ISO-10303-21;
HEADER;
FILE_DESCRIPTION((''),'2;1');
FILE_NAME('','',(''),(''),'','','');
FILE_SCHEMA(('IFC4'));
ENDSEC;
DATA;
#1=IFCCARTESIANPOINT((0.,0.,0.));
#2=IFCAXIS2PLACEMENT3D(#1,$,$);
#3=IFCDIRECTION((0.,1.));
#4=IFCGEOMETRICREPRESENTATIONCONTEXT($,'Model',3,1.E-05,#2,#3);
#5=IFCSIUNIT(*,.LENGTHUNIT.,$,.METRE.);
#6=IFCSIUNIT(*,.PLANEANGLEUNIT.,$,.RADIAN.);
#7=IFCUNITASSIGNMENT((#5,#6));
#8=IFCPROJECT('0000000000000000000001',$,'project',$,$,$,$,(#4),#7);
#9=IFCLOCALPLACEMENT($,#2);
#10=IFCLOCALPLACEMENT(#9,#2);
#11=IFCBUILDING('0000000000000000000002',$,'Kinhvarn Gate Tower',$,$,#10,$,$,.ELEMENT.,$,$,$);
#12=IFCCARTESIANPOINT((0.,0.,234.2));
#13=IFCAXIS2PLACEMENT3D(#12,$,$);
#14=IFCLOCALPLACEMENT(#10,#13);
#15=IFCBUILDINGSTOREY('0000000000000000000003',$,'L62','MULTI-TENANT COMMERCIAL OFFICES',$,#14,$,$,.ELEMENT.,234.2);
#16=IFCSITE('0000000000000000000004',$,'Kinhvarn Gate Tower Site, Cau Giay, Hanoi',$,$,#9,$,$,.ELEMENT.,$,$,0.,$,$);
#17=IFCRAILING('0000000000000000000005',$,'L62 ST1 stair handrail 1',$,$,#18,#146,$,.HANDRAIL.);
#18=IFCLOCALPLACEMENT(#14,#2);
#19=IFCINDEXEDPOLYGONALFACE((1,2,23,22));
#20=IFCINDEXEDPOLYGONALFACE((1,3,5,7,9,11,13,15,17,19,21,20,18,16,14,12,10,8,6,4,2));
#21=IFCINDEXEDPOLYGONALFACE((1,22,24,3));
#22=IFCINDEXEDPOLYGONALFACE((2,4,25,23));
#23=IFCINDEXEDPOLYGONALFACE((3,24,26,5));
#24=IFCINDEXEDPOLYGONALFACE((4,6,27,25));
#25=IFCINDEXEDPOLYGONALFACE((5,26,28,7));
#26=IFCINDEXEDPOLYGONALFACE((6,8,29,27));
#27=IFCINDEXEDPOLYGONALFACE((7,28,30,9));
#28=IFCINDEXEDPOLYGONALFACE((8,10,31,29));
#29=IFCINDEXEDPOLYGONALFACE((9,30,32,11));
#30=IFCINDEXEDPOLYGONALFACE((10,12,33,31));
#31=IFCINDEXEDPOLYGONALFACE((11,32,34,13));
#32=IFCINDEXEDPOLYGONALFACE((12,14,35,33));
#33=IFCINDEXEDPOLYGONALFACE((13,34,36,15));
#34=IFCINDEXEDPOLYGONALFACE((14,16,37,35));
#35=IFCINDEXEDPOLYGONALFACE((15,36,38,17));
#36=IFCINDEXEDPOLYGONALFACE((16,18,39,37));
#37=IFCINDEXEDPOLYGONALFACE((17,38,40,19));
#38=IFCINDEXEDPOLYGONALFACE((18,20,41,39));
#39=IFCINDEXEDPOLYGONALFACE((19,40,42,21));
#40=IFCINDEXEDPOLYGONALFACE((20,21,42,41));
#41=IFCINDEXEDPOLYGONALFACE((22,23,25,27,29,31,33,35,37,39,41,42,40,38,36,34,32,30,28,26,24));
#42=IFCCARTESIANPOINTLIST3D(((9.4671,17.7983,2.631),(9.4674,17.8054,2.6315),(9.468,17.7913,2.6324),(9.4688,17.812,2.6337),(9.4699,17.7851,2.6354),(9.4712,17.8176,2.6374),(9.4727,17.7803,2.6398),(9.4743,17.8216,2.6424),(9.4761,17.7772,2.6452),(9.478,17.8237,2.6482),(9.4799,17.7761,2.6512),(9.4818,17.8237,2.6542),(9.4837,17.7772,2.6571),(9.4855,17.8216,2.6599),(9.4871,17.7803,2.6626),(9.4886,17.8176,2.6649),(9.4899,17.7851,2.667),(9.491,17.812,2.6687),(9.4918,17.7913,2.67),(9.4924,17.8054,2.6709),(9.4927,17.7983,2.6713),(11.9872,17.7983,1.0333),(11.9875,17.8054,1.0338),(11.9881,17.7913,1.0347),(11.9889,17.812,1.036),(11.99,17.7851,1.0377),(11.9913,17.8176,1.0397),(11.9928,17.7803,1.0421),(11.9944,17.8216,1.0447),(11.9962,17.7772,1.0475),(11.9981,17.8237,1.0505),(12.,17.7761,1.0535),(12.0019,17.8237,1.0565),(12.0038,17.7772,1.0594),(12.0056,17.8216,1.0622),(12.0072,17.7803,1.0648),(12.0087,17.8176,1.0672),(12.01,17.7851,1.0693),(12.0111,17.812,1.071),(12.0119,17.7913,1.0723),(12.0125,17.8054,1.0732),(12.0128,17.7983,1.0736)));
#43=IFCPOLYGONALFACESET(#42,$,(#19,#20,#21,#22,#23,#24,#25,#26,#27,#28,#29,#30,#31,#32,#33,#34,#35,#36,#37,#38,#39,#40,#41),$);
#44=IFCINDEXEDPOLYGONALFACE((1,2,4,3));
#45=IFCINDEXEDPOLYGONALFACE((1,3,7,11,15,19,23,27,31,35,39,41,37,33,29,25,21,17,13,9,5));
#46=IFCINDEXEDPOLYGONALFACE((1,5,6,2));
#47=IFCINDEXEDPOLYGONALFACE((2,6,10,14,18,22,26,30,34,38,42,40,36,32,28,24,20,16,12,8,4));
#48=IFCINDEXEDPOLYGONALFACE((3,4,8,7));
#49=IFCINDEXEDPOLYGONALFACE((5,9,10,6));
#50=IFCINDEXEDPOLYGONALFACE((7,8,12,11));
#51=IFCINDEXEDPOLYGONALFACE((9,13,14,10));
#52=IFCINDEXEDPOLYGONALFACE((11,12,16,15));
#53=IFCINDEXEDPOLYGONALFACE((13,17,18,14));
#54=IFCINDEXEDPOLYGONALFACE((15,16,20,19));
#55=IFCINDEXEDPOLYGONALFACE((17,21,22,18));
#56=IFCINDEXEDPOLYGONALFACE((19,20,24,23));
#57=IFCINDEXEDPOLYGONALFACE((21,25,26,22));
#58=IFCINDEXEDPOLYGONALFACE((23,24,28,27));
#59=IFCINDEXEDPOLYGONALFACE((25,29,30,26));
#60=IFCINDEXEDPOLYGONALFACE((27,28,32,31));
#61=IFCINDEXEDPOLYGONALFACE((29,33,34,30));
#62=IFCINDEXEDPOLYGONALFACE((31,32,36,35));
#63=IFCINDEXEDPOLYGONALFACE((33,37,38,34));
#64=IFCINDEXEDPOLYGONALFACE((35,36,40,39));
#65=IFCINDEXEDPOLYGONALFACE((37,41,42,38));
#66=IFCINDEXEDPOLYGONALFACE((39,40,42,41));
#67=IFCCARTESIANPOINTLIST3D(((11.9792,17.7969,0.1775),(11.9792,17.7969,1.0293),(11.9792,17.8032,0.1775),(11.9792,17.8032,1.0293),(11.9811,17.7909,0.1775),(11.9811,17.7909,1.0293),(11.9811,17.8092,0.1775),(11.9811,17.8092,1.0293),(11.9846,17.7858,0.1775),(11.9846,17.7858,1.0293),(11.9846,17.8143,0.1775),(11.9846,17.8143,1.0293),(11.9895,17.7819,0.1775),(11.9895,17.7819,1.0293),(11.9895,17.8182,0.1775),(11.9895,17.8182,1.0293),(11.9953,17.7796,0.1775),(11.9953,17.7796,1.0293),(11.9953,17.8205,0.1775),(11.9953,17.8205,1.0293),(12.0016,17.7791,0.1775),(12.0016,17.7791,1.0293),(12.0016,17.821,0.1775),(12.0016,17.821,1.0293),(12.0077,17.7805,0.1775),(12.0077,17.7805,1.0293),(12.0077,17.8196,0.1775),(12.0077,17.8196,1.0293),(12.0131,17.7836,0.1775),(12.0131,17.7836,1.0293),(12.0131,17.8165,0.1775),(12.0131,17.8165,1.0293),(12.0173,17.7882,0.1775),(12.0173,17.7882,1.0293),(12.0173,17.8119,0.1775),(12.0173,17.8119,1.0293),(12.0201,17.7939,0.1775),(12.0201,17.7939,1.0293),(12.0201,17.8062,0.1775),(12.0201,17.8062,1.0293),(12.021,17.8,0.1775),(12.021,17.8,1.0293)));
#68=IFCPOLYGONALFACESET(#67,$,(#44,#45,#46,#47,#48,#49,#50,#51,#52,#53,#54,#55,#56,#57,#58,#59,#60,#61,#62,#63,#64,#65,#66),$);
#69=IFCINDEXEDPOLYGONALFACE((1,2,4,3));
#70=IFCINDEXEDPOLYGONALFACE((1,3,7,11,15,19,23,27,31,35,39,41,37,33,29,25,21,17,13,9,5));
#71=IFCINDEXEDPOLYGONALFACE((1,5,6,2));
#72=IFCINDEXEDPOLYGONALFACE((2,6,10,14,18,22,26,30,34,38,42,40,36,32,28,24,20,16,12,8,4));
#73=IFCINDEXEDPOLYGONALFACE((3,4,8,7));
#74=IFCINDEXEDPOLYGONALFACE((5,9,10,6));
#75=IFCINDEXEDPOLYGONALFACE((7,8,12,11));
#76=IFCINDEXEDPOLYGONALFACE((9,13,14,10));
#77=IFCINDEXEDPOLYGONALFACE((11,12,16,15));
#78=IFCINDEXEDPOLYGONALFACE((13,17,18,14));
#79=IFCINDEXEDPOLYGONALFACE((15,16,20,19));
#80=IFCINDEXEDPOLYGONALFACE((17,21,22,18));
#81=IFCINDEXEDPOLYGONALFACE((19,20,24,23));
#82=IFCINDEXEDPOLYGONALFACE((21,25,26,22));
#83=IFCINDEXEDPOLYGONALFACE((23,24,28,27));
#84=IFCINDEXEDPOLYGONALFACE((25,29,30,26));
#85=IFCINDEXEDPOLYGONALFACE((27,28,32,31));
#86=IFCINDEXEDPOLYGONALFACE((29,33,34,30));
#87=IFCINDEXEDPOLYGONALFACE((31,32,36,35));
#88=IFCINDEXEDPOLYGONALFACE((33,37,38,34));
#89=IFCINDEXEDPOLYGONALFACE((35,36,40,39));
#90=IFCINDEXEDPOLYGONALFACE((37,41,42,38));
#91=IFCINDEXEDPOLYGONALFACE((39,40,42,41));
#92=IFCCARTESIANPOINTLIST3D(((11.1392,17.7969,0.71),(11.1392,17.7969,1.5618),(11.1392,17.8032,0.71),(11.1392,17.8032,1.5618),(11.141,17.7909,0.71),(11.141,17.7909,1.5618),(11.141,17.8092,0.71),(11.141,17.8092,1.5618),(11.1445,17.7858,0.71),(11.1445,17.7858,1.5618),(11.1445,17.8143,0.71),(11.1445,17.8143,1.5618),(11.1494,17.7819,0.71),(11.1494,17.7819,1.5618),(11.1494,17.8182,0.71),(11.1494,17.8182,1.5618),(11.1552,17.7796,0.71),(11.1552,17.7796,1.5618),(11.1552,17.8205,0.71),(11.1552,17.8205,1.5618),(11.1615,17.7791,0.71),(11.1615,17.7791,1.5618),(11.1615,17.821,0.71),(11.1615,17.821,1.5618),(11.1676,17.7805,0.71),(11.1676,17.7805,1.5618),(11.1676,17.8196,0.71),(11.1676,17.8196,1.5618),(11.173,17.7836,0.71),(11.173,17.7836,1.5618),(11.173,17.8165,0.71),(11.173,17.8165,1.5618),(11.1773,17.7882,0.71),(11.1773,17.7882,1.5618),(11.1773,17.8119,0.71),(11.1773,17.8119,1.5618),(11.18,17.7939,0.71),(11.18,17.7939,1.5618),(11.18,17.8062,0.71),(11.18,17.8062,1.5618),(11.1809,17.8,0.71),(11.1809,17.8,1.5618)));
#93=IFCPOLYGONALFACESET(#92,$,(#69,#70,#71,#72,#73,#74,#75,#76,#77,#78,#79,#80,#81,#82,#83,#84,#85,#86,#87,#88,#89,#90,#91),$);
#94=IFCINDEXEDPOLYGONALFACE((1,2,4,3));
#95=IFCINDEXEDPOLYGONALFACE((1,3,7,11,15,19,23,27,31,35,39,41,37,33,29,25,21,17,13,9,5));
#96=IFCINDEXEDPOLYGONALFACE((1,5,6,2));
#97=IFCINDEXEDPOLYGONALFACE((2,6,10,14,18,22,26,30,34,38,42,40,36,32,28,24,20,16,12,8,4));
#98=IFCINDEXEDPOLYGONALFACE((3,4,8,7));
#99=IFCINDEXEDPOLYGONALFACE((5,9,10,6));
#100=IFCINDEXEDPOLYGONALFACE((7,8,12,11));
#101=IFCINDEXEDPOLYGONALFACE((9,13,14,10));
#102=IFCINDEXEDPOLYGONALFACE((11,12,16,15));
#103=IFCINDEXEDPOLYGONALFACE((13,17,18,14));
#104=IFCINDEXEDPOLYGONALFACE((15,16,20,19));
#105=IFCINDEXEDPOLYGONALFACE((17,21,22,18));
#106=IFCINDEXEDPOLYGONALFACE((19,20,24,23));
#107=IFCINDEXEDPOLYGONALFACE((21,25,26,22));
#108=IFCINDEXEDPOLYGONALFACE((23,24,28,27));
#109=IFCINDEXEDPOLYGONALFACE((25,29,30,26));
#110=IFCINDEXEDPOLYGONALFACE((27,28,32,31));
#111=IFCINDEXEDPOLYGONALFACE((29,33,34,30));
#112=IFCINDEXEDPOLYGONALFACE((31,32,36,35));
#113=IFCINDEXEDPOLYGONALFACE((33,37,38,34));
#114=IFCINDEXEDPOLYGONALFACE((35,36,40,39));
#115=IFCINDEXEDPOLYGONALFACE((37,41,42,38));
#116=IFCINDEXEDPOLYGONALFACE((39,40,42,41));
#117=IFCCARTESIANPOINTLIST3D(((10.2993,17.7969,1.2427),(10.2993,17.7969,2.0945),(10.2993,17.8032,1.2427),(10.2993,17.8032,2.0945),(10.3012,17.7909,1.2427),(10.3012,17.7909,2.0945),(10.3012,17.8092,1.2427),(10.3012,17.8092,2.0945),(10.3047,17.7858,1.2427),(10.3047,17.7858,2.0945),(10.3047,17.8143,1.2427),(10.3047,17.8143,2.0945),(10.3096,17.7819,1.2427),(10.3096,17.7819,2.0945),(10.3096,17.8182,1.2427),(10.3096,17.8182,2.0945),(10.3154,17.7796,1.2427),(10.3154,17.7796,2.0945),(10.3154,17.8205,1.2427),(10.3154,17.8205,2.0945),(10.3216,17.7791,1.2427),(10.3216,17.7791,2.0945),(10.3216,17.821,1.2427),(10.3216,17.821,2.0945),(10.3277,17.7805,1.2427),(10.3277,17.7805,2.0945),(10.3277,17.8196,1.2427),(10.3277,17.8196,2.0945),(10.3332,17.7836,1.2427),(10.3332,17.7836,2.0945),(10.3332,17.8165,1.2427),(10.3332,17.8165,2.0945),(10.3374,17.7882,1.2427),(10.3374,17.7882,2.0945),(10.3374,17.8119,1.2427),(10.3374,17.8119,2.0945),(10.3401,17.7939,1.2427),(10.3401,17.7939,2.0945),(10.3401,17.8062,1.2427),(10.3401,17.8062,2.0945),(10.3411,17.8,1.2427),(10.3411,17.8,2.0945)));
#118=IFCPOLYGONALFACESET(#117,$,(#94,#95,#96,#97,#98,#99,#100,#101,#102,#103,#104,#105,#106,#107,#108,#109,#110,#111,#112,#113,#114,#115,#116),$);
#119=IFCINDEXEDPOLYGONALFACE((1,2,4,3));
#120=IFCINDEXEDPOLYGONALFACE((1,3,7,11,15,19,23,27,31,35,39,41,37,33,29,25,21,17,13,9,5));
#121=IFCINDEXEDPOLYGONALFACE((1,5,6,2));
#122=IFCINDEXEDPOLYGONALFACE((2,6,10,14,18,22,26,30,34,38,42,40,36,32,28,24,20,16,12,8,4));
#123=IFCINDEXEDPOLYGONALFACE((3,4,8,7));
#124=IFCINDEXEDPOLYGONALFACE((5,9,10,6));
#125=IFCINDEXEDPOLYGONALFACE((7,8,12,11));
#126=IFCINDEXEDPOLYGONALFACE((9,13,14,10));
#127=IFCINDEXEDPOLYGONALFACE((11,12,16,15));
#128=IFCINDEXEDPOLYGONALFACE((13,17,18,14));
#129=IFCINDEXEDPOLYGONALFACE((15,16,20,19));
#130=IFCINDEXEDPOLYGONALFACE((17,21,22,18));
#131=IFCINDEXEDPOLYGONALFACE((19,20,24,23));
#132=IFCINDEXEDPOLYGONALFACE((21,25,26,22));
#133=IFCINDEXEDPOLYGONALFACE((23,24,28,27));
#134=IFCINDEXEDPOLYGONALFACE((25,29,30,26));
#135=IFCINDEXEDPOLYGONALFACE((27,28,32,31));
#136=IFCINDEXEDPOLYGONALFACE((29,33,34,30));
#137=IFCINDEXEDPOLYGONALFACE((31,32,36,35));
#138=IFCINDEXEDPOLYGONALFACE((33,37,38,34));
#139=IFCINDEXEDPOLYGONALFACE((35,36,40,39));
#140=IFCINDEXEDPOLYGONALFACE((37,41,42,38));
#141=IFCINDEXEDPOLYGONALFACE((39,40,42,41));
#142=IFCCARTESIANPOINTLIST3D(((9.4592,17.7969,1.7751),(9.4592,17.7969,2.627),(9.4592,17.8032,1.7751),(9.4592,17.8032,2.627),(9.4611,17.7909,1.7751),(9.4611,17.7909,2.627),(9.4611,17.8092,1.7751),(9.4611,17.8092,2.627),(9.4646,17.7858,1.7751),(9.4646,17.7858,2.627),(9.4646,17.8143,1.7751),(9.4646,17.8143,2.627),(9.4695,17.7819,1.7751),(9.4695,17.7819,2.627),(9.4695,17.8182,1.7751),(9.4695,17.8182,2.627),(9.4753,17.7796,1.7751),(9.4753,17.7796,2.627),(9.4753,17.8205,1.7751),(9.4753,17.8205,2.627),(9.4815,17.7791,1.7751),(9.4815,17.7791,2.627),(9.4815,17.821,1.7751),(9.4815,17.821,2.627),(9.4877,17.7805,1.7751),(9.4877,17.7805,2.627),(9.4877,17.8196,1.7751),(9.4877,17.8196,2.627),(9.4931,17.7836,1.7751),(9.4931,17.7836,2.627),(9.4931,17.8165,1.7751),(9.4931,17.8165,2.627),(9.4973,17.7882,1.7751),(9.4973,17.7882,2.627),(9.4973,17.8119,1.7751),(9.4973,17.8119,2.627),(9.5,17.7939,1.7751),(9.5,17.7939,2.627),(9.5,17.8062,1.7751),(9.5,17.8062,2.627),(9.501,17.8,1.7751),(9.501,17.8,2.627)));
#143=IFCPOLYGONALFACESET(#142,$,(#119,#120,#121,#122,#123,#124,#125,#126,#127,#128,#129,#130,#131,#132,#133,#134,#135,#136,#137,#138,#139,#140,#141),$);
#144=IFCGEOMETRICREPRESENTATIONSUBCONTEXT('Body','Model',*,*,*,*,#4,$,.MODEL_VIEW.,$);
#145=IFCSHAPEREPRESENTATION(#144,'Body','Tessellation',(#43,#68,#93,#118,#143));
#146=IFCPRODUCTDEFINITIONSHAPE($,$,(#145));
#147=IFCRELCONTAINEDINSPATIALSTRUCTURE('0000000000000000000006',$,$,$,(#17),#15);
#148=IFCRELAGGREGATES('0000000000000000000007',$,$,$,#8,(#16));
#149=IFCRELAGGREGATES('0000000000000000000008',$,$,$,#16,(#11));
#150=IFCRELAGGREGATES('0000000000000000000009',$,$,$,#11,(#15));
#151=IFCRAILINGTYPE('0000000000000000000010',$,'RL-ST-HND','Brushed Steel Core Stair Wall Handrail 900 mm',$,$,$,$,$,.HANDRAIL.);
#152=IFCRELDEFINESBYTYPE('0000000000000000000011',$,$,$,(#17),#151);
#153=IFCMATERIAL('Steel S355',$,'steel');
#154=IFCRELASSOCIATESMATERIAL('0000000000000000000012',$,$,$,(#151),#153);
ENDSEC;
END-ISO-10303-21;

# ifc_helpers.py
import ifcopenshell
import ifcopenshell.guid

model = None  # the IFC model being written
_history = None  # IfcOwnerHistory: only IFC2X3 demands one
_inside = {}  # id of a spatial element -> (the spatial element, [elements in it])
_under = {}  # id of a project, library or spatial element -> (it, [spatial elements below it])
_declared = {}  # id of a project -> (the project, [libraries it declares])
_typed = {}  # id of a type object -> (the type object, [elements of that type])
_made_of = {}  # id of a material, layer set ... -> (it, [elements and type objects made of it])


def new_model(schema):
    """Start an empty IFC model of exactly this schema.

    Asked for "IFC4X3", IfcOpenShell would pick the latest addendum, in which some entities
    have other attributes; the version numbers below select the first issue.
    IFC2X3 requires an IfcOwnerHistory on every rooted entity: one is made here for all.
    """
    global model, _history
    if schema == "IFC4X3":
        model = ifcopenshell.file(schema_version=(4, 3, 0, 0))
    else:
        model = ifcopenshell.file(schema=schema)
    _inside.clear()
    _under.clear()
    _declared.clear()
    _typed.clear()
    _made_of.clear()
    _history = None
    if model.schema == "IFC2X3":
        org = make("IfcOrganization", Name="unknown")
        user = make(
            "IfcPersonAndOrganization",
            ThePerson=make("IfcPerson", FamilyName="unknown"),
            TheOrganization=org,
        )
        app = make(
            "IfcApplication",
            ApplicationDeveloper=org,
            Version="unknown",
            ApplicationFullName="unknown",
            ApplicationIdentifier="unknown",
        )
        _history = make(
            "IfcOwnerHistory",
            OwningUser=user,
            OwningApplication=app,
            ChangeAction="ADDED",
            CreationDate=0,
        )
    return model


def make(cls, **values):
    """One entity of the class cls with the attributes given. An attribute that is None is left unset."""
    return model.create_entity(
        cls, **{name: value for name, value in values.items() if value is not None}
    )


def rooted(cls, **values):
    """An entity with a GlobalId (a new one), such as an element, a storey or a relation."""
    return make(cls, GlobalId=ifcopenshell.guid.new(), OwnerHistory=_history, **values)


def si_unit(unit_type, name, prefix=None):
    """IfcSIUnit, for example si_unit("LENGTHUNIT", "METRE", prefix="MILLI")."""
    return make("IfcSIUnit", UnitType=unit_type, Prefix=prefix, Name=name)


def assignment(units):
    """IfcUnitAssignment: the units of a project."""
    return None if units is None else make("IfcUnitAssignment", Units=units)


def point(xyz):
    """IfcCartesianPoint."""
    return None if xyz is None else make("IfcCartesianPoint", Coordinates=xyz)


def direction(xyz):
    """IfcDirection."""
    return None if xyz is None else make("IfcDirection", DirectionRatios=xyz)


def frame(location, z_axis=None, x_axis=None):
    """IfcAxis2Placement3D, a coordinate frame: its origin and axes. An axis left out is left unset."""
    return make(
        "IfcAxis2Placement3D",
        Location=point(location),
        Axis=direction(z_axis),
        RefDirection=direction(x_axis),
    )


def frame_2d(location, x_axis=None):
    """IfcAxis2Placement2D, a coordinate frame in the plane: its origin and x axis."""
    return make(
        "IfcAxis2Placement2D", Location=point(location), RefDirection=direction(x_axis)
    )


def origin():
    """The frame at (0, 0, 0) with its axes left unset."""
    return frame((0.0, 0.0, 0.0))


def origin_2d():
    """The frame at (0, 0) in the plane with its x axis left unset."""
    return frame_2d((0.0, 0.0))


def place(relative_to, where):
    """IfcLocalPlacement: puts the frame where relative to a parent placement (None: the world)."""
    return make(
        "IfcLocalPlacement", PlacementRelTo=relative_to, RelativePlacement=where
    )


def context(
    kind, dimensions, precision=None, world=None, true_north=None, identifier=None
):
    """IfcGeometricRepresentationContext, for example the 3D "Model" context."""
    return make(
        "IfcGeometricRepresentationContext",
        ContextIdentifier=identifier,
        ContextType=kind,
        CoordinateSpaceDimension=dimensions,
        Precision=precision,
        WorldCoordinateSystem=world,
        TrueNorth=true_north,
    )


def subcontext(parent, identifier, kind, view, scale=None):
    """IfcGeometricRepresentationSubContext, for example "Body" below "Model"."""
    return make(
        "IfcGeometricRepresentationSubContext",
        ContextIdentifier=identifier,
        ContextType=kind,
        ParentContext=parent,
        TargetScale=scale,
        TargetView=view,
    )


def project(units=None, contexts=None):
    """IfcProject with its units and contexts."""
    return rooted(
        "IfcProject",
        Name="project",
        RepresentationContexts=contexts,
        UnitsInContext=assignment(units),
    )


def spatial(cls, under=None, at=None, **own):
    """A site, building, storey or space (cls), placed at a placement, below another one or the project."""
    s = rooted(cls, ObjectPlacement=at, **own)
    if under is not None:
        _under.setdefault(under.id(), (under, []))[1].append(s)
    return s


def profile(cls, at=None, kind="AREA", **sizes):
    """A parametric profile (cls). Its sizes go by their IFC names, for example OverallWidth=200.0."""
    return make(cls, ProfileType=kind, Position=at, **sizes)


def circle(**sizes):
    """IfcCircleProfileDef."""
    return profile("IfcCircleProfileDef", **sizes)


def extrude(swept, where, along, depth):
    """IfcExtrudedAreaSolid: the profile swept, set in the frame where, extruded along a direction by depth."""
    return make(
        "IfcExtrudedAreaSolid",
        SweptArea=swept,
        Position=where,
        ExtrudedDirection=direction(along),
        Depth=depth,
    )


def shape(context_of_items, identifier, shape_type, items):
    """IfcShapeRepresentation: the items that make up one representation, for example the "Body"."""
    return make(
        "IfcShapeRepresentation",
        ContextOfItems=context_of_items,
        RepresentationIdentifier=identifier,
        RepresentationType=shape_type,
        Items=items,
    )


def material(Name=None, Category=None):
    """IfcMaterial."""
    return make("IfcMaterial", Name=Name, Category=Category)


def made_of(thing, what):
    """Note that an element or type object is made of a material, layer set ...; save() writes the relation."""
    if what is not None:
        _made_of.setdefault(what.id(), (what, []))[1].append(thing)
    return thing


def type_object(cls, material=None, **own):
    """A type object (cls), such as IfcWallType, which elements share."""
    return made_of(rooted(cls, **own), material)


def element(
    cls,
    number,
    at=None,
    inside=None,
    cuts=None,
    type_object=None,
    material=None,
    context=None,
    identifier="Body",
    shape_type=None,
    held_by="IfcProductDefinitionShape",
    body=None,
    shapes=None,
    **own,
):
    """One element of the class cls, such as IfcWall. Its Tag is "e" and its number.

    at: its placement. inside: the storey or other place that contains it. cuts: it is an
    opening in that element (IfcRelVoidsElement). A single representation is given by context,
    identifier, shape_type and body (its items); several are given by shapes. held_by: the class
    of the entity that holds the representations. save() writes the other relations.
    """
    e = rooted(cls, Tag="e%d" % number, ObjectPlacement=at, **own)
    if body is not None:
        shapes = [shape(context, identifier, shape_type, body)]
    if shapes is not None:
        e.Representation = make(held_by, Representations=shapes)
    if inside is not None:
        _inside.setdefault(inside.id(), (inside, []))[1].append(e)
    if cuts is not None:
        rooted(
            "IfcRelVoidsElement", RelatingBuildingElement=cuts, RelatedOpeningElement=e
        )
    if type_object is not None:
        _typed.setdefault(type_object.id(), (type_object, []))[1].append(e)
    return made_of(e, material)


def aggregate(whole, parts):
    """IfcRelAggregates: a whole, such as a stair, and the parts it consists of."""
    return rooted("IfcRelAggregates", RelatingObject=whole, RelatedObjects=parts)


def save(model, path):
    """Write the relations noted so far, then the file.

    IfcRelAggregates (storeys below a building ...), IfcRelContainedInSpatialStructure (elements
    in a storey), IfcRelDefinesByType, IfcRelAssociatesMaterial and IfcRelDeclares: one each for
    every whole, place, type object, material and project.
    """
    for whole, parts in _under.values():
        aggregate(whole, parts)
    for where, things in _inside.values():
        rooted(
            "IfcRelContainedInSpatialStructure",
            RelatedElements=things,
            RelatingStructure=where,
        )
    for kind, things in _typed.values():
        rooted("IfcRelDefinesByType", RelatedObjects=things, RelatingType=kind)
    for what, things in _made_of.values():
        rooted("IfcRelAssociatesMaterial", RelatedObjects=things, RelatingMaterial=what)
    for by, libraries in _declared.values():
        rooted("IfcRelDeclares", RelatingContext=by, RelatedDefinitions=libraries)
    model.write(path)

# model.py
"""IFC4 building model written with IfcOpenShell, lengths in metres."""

from ifc_helpers import new_model, si_unit, direction, frame, origin, origin_2d, place, context, subcontext, project, spatial, circle, extrude, material, type_object, element, save


model = new_model("IFC4")

# Units and contexts
model_context = context("Model", 3, precision=1e-05, world=origin(), true_north=direction((0.0, 1.0)))
body_context = subcontext(model_context, "Body", "Model", "MODEL_VIEW")
ifc_project = project(units=[si_unit("LENGTHUNIT", "METRE"), si_unit("PLANEANGLEUNIT", "RADIAN")], contexts=[model_context])

# Site, building, storey
site_placement = place(None, origin())
site = spatial("IfcSite", under=ifc_project, at=site_placement, Name="Kinhvarn Gate Tower Site, Cau Giay, Hanoi", CompositionType="ELEMENT", RefElevation=0.0)
building_placement = place(site_placement, origin())
building = spatial("IfcBuilding", under=site, at=building_placement, Name="Kinhvarn Gate Tower", CompositionType="ELEMENT")
storey_placement = place(building_placement, frame((0.0, 0.0, 234.2)))
storey = spatial("IfcBuildingStorey", under=building, at=storey_placement, Name="L62", Description="MULTI-TENANT COMMERCIAL OFFICES", CompositionType="ELEMENT", Elevation=234.2)

# Shared definitions
ifc_material_1 = material(Name="Steel S355", Category="steel")

# Railing
railing_type_1 = type_object("IfcRailingType", Name="RL-ST-HND", Description="Brushed Steel Core Stair Wall Handrail 900 mm", PredefinedType="HANDRAIL", material=ifc_material_1)
railing_1_placement = place(storey_placement, frame((12.0, 17.8, 0.1775)))
element("IfcRailing", 1, at=railing_1_placement, inside=storey, type_object=railing_type_1, Name="L62 ST1 stair handrail 1", PredefinedType="HANDRAIL", context=body_context, shape_type="SweptSolid", body=[
    extrude(circle(Radius=0.0239, at=origin_2d()), frame((0.0, 0.0, 0.876), z_axis=(-0.84457, 0.0, 0.535445), x_axis=(0.0, -1.0, 0.0)), (0.0, 0.0, 1.0), 2.9839),
    extrude(circle(Radius=0.021, at=origin_2d()), origin(), (0.0, 0.0, 1.0), 0.8518),
    extrude(circle(Radius=0.021, at=origin_2d()), frame((-0.8401, 0.0, 0.5325)), (0.0, 0.0, 1.0), 0.8518),
    extrude(circle(Radius=0.021, at=origin_2d()), frame((-1.6799, 0.0, 1.0652)), (0.0, 0.0, 1.0), 0.8518),
    extrude(circle(Radius=0.021, at=origin_2d()), frame((-2.52, 0.0, 1.5977)), (0.0, 0.0, 1.0), 0.8518),
])

save(model, "model.ifc")
